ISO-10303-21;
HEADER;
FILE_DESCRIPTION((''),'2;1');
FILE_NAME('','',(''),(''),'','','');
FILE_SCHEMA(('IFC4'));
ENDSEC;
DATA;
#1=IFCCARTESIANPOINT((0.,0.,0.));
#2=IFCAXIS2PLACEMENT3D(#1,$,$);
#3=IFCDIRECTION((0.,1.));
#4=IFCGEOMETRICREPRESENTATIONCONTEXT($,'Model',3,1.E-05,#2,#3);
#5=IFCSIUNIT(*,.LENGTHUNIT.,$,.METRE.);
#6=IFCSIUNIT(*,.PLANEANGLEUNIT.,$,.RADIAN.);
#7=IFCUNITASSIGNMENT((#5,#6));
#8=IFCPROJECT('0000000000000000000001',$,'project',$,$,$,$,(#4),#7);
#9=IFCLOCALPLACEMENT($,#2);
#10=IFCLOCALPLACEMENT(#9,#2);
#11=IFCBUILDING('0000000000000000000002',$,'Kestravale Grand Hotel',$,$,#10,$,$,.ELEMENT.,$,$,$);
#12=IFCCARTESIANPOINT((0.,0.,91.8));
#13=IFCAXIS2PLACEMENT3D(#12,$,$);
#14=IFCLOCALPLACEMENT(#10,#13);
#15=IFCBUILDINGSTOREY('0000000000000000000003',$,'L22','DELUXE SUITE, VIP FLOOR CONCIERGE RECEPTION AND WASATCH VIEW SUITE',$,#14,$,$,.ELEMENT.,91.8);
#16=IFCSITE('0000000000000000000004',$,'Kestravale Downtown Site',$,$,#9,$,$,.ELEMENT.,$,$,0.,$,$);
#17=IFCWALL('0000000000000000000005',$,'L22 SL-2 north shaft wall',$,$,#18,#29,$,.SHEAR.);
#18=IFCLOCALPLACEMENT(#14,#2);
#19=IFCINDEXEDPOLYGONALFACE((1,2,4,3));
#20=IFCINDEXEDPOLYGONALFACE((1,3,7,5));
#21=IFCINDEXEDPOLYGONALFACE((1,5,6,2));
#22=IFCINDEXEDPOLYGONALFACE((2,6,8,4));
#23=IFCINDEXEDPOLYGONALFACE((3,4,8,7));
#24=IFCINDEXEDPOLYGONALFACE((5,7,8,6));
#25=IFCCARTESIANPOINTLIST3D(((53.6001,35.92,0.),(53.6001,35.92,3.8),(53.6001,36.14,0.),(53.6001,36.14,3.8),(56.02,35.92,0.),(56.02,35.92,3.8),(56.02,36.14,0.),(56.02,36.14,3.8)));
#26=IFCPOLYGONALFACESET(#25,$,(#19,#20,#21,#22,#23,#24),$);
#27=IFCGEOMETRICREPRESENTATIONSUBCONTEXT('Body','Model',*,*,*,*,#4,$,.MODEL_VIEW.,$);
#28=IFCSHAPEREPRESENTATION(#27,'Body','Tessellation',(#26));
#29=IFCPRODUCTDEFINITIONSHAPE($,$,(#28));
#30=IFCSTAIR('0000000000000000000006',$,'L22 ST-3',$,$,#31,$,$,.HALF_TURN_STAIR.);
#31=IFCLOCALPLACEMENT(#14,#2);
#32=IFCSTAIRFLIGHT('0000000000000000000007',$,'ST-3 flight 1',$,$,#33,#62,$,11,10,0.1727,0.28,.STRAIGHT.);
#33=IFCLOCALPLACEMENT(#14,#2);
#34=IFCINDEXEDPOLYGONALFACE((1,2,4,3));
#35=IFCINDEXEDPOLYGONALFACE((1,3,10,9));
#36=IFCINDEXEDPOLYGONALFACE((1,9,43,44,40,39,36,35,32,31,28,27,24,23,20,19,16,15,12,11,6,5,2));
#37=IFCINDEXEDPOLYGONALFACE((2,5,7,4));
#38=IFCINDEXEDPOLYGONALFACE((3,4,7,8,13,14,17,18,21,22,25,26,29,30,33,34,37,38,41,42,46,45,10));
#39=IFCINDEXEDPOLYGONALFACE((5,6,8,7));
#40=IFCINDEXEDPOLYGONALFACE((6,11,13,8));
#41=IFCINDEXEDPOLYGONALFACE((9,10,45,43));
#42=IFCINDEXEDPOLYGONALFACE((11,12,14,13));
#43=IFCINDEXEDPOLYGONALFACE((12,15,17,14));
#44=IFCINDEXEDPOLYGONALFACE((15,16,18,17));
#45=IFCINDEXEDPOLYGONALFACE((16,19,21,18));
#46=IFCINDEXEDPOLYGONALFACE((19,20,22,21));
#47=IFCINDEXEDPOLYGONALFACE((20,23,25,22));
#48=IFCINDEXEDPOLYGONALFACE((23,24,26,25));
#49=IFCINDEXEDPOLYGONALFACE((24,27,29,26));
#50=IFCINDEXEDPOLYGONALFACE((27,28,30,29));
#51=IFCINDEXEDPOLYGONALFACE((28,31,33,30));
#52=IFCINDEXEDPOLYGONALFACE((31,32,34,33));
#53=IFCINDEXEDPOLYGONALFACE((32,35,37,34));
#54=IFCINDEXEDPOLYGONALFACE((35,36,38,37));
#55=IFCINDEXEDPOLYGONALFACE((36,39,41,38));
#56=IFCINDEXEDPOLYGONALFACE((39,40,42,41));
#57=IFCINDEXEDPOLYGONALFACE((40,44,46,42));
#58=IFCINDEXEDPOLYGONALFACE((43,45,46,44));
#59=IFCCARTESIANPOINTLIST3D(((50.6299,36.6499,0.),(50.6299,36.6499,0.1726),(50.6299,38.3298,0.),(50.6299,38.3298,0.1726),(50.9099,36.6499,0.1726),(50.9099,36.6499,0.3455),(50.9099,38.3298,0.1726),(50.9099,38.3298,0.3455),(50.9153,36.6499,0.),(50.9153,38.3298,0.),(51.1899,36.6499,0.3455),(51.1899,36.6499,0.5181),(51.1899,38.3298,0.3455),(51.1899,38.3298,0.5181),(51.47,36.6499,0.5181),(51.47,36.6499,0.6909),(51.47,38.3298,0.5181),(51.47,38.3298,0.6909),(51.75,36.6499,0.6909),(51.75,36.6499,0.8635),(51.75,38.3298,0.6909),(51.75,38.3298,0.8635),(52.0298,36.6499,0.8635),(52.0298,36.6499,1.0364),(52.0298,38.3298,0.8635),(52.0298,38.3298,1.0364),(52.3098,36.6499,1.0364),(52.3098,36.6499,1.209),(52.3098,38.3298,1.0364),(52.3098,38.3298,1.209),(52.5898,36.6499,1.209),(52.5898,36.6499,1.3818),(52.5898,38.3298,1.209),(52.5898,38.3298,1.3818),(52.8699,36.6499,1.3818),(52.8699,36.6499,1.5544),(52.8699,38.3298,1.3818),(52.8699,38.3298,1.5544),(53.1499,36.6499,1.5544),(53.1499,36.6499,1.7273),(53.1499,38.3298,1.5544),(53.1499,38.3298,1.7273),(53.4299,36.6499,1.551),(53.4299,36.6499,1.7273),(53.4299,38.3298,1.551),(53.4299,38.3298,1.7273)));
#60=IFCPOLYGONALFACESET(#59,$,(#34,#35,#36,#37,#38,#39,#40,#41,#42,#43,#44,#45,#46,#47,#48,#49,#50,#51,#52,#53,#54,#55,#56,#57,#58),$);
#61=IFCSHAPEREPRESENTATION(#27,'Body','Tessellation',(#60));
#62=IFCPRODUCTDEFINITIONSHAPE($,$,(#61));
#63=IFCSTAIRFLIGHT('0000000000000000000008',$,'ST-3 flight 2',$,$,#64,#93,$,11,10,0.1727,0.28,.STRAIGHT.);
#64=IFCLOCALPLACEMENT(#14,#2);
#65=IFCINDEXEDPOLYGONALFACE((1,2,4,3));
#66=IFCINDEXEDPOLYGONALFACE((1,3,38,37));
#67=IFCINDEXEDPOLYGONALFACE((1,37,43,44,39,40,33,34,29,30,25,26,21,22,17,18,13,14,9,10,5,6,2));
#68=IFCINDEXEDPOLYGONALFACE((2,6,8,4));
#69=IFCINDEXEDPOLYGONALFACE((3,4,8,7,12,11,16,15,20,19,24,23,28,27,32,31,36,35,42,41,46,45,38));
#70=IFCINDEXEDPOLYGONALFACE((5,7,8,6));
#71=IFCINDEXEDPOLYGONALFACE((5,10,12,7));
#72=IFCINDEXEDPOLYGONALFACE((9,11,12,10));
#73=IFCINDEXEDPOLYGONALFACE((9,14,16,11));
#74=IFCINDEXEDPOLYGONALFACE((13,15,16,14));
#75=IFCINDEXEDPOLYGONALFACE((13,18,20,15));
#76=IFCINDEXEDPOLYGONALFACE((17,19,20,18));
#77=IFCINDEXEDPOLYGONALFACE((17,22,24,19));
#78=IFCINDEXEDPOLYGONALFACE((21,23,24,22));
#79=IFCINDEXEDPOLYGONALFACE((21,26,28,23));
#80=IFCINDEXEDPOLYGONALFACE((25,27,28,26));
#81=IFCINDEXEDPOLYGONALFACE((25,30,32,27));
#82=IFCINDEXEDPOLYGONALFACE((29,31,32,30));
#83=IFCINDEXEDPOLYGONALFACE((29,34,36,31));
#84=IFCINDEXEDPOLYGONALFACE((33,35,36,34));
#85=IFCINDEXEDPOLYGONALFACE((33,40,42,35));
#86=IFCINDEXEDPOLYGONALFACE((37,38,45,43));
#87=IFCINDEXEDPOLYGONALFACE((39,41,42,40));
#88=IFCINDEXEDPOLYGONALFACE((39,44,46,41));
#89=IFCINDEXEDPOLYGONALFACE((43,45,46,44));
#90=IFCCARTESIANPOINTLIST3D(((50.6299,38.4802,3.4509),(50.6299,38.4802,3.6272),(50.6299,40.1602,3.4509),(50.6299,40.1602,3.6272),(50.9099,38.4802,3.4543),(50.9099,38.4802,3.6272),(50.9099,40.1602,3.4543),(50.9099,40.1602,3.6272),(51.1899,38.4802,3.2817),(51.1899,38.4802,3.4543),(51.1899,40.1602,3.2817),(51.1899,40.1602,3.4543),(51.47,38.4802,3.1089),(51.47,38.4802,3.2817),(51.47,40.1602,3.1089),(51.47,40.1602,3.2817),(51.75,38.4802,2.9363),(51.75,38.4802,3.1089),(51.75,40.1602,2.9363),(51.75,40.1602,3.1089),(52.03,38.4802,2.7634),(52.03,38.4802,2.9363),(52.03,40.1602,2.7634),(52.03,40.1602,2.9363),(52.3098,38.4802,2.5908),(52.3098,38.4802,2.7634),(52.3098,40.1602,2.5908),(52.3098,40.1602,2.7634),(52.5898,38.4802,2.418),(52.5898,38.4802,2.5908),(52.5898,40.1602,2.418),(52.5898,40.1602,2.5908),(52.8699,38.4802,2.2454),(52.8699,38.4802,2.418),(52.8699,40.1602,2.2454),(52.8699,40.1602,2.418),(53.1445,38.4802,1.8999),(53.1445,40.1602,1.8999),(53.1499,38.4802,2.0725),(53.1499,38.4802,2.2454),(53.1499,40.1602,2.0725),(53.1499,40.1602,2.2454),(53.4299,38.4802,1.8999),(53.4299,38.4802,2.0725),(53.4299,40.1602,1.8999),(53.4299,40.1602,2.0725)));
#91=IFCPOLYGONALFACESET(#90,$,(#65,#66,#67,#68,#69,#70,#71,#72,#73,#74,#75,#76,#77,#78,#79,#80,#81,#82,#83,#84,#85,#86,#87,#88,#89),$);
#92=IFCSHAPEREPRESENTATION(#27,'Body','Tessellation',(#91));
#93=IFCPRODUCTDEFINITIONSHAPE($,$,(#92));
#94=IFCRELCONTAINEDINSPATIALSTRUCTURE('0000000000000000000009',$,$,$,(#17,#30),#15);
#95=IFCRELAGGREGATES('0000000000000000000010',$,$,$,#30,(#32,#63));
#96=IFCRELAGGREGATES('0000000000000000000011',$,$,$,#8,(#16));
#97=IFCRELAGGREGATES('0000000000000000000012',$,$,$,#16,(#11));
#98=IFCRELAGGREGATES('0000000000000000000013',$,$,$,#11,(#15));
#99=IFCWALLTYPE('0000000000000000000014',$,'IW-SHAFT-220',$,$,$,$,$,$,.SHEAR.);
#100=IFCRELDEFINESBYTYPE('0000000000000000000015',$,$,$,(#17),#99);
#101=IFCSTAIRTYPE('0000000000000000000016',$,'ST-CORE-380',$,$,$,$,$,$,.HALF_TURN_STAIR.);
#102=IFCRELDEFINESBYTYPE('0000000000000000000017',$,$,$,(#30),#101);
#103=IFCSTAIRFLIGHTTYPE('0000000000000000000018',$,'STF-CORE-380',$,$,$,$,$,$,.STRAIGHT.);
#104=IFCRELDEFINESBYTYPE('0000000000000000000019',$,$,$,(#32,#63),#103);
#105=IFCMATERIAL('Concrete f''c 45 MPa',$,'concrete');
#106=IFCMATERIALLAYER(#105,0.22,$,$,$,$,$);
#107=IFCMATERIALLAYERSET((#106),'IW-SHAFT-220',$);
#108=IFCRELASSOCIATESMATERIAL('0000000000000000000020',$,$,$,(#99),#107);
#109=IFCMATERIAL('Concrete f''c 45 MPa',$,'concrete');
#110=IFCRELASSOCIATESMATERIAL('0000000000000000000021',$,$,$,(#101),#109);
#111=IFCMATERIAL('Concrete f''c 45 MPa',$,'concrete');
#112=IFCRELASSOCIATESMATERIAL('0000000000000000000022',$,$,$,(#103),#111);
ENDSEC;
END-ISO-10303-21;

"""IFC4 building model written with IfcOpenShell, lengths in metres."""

from ifc_helpers import new_model, si_unit, direction, frame, frame_2d, origin, place, context, subcontext, project, spatial, polyline, rectangle, outline, extrude, material, layer, layer_set, type_object, element, aggregate, save


model = new_model("IFC4")

# Units and contexts
model_context = context("Model", 3, precision=1e-05, world=origin(), true_north=direction((0.0, 1.0)))
body_context = subcontext(model_context, "Body", "Model", "MODEL_VIEW")
ifc_project = project(units=[si_unit("LENGTHUNIT", "METRE"), si_unit("PLANEANGLEUNIT", "RADIAN")], contexts=[model_context])

# Site, building, storey
site_placement = place(None, origin())
site = spatial("IfcSite", under=ifc_project, at=site_placement, Name="Kestravale Downtown Site", CompositionType="ELEMENT", RefElevation=0.0)
building_placement = place(site_placement, origin())
building = spatial("IfcBuilding", under=site, at=building_placement, Name="Kestravale Grand Hotel", CompositionType="ELEMENT")
storey_placement = place(building_placement, frame((0.0, 0.0, 91.8)))
storey = spatial("IfcBuildingStorey", under=building, at=storey_placement, Name="L22", Description="DELUXE SUITE, VIP FLOOR CONCIERGE RECEPTION AND WASATCH VIEW SUITE", CompositionType="ELEMENT", Elevation=91.8)

# Shared definitions
ifc_material_1 = material(Name="Concrete f'c 45 MPa", Category="concrete")
ifc_layer_1 = layer(ifc_material_1, 0.22)
ifc_layer_set_1 = layer_set([ifc_layer_1], Name="IW-SHAFT-220")
wall_type_1 = type_object("IfcWallType", Name="IW-SHAFT-220", PredefinedType="SHEAR", material=ifc_layer_set_1)

# Wall
wall_1_placement = place(storey_placement, frame((53.6001, 36.03, 0.0), z_axis=(0.0, 0.0, 1.0), x_axis=(1.0, 0.0, 0.0)))
element("IfcWall", 1, at=wall_1_placement, inside=storey, type_object=wall_type_1, Name="L22 SL-2 north shaft wall", PredefinedType="SHEAR", context=body_context, shape_type="SweptSolid", body=[
    extrude(rectangle(XDim=2.4199, YDim=0.22, at=frame_2d((1.21, 0.0))), origin(), (0.0, 0.0, 1.0), 3.8),
])

# Stair, stair flights
ifc_material_2 = material(Name="Concrete f'c 45 MPa", Category="concrete")
stair_type = type_object("IfcStairType", Name="ST-CORE-380", PredefinedType="HALF_TURN_STAIR", material=ifc_material_2)
stair_placement = place(storey_placement, origin())
stair = element("IfcStair", 2, at=stair_placement, inside=storey, type_object=stair_type, Name="L22 ST-3", PredefinedType="HALF_TURN_STAIR")
ifc_material_3 = material(Name="Concrete f'c 45 MPa", Category="concrete")
stair_flight_type = type_object("IfcStairFlightType", Name="STF-CORE-380", PredefinedType="STRAIGHT", material=ifc_material_3)
stair_flight_1_placement = place(storey_placement, frame((50.6299, 37.49, 0.0), z_axis=(0.0, 0.0, 1.0), x_axis=(1.0, 0.0, 0.0)))
stair_flight_1 = element("IfcStairFlight", 3, at=stair_flight_1_placement, type_object=stair_flight_type, Name="ST-3 flight 1", NumberOfRisers=11, NumberOfTreads=10, PredefinedType="STRAIGHT", RiserHeight=0.1727, TreadLength=0.28, context=body_context, shape_type="SweptSolid", body=[
    extrude(outline(polyline([(0.0, 0.0), (0.0, 0.1726), (0.28, 0.1726), (0.28, 0.3455), (0.5601, 0.3455), (0.5601, 0.5181), (0.8401, 0.5181), (0.8401, 0.6909), (1.1201, 0.6909), (1.1201, 0.8635), (1.3999, 0.8635), (1.3999, 1.0364), (1.6799, 1.0364), (1.6799, 1.209), (1.96, 1.209), (1.96, 1.3818), (2.24, 1.3818), (2.24, 1.5544), (2.52, 1.5544), (2.52, 1.7273), (2.8, 1.7273), (2.8, 1.8999), (2.8, 1.551), (0.2854, 0.0), (0.0, 0.0)])), frame((0.0, 0.8398, 0.0), z_axis=(0.0, -1.0, 0.0), x_axis=(1.0, 0.0, 0.0)), (0.0, 0.0, 1.0), 1.6799),
])
stair_flight_2_placement = place(storey_placement, frame((53.4299, 39.3201, 1.8999), z_axis=(0.0, 0.0, 1.0), x_axis=(-1.0, 0.0, 0.0)))
stair_flight_2 = element("IfcStairFlight", 4, at=stair_flight_2_placement, type_object=stair_flight_type, Name="ST-3 flight 2", NumberOfRisers=11, NumberOfTreads=10, PredefinedType="STRAIGHT", RiserHeight=0.1727, TreadLength=0.28, context=body_context, shape_type="SweptSolid", body=[
    extrude(outline(polyline([(0.0, 0.0), (0.0, 0.1726), (0.28, 0.1726), (0.28, 0.3455), (0.5601, 0.3455), (0.5601, 0.5181), (0.8401, 0.5181), (0.8401, 0.6909), (1.1201, 0.6909), (1.1201, 0.8635), (1.3999, 0.8635), (1.3999, 1.0364), (1.6799, 1.0364), (1.6799, 1.209), (1.96, 1.209), (1.96, 1.3818), (2.24, 1.3818), (2.24, 1.5544), (2.52, 1.5544), (2.52, 1.7273), (2.8, 1.7273), (2.8, 1.8999), (2.8, 1.551), (0.2854, 0.0), (0.0, 0.0)])), frame((0.0, 0.8398, 0.0), z_axis=(0.0, -1.0, 0.0), x_axis=(1.0, 0.0, 0.0)), (0.0, 0.0, 1.0), 1.6799),
])
aggregate(stair, [stair_flight_1, stair_flight_2])

save(model, "model.ifc")
